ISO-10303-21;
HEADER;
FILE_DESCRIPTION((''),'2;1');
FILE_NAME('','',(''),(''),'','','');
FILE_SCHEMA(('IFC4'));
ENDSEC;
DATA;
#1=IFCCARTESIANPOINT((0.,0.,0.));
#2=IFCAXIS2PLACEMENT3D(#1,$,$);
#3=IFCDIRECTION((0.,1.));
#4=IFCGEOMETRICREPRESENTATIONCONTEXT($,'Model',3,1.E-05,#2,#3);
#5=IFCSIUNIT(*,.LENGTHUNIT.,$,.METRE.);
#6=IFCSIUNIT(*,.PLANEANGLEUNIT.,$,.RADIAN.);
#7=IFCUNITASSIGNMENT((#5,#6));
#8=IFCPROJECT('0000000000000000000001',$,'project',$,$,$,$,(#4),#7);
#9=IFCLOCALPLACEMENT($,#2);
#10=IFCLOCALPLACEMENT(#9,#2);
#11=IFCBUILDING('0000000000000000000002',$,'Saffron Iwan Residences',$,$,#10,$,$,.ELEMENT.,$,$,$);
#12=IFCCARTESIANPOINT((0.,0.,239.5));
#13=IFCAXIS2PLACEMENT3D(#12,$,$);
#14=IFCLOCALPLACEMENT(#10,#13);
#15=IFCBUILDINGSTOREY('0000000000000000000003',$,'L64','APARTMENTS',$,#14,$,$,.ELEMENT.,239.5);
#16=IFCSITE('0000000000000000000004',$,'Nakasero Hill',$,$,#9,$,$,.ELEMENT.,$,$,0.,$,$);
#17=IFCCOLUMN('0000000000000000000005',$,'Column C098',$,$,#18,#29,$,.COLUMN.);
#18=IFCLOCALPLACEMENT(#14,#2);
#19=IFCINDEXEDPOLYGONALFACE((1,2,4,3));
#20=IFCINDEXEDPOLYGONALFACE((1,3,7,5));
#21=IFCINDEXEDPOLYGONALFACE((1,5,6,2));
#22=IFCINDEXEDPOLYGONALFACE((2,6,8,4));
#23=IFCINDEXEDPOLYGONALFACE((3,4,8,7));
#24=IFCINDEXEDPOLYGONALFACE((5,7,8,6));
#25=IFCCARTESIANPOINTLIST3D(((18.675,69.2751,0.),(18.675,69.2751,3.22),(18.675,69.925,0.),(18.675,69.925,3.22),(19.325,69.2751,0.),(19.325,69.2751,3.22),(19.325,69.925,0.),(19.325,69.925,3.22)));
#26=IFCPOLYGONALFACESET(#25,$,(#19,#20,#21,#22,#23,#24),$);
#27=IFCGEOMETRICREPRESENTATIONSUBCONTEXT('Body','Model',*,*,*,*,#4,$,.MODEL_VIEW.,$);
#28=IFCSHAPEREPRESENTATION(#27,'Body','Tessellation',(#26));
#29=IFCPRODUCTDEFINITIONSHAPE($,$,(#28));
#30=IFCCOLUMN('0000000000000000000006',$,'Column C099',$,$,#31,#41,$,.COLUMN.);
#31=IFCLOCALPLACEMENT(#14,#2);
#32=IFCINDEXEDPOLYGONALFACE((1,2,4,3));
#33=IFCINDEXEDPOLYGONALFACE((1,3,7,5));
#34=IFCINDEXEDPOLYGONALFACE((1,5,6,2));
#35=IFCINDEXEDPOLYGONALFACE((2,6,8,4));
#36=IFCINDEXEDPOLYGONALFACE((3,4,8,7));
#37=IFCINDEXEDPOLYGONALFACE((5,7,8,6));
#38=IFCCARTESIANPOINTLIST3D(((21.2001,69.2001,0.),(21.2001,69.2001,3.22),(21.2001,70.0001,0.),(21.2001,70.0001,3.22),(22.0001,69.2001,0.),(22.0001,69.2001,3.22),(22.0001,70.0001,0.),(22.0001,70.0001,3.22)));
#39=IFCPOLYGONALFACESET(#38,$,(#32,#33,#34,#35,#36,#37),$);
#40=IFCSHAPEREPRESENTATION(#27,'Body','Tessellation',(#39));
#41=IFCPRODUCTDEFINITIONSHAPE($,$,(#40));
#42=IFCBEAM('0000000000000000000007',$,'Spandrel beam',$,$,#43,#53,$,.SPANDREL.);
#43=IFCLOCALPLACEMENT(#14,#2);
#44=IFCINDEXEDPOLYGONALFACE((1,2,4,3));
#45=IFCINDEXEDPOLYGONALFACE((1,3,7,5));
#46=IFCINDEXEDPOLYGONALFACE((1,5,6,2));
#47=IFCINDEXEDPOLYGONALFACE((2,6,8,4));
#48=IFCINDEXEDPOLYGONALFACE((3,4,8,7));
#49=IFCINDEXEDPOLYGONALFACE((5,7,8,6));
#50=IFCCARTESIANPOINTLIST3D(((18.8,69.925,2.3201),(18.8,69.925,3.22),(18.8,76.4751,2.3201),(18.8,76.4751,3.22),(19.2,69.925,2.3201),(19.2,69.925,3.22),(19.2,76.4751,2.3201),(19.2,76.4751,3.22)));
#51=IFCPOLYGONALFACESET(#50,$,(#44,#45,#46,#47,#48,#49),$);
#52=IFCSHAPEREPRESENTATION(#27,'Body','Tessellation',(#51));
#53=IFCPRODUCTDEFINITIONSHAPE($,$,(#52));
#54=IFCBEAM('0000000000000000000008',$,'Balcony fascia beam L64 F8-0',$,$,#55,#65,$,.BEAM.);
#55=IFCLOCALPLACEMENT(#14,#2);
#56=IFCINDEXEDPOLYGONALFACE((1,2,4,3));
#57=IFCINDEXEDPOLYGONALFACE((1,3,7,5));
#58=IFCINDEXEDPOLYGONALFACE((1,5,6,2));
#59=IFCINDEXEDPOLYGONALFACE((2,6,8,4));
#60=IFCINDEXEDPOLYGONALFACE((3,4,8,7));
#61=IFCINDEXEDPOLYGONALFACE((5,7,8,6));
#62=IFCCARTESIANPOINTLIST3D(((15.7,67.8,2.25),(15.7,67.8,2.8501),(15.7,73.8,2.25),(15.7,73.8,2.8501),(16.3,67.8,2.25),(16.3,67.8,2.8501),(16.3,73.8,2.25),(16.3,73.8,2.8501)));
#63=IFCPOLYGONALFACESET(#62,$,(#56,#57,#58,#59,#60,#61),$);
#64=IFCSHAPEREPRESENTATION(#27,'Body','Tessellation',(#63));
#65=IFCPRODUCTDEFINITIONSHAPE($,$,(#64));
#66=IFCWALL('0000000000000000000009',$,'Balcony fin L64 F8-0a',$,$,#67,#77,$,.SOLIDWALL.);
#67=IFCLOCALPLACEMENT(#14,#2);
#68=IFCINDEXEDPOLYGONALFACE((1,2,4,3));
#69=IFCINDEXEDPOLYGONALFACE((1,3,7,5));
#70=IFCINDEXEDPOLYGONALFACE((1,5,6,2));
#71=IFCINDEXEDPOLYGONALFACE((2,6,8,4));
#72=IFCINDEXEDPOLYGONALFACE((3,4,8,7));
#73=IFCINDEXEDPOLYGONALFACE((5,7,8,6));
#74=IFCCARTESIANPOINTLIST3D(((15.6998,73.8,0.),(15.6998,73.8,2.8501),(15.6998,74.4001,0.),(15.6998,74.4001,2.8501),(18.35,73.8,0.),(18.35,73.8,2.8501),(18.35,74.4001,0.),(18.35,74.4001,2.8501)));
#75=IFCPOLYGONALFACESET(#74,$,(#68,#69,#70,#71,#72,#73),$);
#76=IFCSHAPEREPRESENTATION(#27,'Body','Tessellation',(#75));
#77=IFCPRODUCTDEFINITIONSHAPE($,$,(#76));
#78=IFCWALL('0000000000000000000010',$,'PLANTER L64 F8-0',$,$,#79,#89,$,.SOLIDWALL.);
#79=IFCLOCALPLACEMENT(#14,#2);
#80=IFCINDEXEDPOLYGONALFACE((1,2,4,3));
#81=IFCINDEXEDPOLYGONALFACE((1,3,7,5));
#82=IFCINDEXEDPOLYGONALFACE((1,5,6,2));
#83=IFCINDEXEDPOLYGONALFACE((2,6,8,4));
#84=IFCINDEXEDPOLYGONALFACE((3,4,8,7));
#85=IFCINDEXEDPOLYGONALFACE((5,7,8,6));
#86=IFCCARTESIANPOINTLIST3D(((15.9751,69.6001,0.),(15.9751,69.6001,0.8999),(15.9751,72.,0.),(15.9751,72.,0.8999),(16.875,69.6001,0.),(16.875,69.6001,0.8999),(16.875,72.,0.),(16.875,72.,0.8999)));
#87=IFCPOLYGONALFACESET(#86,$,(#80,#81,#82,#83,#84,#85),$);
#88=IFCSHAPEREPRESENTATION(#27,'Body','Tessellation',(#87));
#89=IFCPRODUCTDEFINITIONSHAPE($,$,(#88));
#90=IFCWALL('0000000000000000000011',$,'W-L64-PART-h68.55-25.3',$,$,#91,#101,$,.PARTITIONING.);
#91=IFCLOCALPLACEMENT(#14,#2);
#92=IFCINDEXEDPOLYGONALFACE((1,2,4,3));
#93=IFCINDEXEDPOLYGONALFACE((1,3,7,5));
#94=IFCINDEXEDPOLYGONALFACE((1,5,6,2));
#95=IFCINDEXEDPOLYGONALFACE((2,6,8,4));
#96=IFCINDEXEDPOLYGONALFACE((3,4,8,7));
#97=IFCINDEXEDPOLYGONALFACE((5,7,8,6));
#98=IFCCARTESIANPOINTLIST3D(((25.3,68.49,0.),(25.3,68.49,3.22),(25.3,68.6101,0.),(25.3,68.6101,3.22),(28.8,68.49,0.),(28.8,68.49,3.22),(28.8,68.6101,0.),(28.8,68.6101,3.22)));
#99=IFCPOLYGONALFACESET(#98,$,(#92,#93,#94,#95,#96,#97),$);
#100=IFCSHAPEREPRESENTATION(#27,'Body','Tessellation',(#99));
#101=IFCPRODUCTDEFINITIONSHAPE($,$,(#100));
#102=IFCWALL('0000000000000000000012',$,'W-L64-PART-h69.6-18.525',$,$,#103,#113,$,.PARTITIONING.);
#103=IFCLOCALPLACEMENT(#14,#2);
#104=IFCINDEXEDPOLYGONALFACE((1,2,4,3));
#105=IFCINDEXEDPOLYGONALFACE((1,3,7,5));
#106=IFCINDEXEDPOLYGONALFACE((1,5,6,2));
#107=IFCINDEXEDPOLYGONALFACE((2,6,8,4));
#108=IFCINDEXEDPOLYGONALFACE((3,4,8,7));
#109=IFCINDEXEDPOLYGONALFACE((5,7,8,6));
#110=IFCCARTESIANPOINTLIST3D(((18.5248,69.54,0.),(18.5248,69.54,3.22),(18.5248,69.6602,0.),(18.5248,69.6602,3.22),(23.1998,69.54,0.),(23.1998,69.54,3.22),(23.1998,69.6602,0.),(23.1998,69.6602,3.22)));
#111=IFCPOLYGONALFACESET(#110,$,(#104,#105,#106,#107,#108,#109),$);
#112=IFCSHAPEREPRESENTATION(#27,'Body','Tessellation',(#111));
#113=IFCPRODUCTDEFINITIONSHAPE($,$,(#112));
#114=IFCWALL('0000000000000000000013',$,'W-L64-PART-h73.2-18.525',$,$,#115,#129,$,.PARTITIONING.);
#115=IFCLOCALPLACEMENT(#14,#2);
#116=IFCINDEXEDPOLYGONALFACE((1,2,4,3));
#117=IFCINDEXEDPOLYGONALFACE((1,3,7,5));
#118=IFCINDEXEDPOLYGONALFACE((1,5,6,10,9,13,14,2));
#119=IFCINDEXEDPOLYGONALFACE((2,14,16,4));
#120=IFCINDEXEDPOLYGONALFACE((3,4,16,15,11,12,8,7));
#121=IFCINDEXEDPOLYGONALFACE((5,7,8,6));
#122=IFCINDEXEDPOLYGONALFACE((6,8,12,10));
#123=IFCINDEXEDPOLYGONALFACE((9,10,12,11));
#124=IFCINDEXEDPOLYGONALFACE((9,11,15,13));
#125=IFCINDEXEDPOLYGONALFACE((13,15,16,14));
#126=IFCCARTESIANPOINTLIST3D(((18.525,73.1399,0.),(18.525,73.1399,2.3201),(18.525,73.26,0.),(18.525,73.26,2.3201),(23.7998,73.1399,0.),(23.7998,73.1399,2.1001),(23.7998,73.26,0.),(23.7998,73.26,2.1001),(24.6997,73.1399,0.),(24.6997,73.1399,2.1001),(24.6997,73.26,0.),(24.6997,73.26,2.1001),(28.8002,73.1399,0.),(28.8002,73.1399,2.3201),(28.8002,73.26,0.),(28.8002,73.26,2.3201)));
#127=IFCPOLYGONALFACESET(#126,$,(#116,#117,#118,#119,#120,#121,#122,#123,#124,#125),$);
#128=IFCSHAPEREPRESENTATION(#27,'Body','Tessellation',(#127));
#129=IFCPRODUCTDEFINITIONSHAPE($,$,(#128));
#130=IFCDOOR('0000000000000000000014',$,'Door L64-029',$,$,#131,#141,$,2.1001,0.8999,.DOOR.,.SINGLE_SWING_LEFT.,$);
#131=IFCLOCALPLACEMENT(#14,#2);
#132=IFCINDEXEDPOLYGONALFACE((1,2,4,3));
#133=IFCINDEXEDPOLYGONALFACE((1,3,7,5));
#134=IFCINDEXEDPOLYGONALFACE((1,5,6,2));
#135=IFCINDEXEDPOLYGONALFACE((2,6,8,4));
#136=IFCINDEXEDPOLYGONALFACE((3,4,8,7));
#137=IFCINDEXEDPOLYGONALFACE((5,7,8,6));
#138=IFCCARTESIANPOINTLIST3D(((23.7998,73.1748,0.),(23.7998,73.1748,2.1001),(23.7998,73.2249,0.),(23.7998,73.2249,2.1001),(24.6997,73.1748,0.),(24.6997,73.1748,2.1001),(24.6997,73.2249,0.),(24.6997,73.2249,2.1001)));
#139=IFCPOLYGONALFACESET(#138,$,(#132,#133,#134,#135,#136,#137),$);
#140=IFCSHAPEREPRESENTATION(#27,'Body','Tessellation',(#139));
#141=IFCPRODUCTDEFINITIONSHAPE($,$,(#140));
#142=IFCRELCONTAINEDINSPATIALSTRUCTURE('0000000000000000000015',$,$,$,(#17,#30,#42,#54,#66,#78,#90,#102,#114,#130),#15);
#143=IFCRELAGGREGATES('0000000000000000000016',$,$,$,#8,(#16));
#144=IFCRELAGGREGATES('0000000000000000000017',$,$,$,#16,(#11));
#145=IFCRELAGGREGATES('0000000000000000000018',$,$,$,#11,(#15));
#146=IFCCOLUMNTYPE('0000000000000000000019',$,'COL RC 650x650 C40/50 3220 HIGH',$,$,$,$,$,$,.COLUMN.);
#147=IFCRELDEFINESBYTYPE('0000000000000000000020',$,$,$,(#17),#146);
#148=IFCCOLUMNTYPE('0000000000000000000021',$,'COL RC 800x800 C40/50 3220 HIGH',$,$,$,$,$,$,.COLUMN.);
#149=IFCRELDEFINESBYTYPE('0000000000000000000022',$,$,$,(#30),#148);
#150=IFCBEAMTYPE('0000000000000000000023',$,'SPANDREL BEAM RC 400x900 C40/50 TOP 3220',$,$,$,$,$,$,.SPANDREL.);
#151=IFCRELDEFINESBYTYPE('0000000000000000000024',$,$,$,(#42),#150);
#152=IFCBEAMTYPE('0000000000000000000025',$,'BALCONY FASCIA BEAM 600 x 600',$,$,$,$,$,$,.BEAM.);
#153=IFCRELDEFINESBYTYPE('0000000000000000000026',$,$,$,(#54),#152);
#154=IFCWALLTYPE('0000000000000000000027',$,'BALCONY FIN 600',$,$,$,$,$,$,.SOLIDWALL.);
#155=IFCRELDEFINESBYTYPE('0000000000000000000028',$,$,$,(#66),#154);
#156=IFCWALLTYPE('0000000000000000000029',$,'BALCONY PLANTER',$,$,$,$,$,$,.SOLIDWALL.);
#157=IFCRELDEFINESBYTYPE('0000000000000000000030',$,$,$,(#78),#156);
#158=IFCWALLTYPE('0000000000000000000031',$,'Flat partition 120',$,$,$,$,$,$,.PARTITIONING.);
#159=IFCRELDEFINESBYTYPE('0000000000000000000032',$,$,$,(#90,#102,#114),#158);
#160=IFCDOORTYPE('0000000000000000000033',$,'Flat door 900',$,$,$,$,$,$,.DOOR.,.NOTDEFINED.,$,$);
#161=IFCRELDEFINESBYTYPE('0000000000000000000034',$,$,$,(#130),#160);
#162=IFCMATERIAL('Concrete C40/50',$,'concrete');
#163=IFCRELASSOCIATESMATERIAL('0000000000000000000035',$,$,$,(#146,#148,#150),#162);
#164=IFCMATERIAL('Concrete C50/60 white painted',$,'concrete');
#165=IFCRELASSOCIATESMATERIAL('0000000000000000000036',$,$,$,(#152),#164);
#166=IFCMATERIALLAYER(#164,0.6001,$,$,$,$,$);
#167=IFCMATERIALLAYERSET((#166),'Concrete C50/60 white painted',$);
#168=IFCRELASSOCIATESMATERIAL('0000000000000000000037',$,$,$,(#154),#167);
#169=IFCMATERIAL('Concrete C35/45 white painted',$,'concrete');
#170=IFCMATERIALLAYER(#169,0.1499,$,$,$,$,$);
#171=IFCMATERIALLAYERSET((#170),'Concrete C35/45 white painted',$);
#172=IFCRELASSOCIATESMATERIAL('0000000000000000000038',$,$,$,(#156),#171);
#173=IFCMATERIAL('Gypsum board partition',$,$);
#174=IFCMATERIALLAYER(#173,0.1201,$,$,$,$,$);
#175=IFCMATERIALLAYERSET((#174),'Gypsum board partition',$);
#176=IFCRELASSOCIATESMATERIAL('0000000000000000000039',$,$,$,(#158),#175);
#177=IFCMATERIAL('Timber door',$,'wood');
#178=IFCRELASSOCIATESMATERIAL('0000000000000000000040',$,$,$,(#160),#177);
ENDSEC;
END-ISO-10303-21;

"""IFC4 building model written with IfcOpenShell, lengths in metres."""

from ifc_helpers import new_model, si_unit, direction, frame, frame_2d, origin, origin_2d, place, context, subcontext, project, spatial, rectangle, extrude, source, transform, mapped, material, layer, layer_set, material_profile, profile_set, type_object, element, fill, save


model = new_model("IFC4")

# Units and contexts
model_context = context("Model", 3, precision=1e-05, world=origin(), true_north=direction((0.0, 1.0)))
body_context = subcontext(model_context, "Body", "Model", "MODEL_VIEW")
ifc_project = project(units=[si_unit("LENGTHUNIT", "METRE"), si_unit("PLANEANGLEUNIT", "RADIAN")], contexts=[model_context])

# Site, building, storey
site_placement = place(None, origin())
site = spatial("IfcSite", under=ifc_project, at=site_placement, Name="Nakasero Hill", CompositionType="ELEMENT", RefElevation=0.0)
building_placement = place(site_placement, origin())
building = spatial("IfcBuilding", under=site, at=building_placement, Name="Saffron Iwan Residences", CompositionType="ELEMENT")
storey_placement = place(building_placement, frame((0.0, 0.0, 239.5)))
storey = spatial("IfcBuildingStorey", under=building, at=storey_placement, Name="L64", Description="APARTMENTS", CompositionType="ELEMENT", Elevation=239.5)

# Columns
ifc_material_1 = material(Name="Concrete C40/50", Category="concrete")
ifc_material_profile_1 = material_profile(ifc_material_1, rectangle(XDim=0.6499, YDim=0.6499, at=origin_2d()), Name="RC 650x650")
ifc_profile_set_1 = profile_set([ifc_material_profile_1], Name="Concrete C40/50")
column_type_1 = type_object("IfcColumnType", Name="COL RC 650x650 C40/50 3220 HIGH", PredefinedType="COLUMN", material=ifc_profile_set_1)
shared_shape_1 = source(origin(), body_context, "Body", "SweptSolid", [
    extrude(rectangle(XDim=0.6499, YDim=0.6499, at=origin_2d()), origin(), (0.0, 0.0, 1.0), 3.22),
])
column_1_placement = place(storey_placement, frame((19.0, 69.6001, 0.0), z_axis=(0.0, 0.0, 1.0), x_axis=(1.0, 0.0, 0.0)))
element("IfcColumn", 1, at=column_1_placement, inside=storey, type_object=column_type_1, Name="Column C098", PredefinedType="COLUMN", context=body_context, shape_type="MappedRepresentation", body=[
    mapped(shared_shape_1, transform((0.0, 0.0, 0.0))),
])
ifc_material_profile_2 = material_profile(ifc_material_1, rectangle(XDim=0.8, YDim=0.8, at=origin_2d()), Name="RC 800x800")
ifc_profile_set_2 = profile_set([ifc_material_profile_2], Name="Concrete C40/50")
column_type_2 = type_object("IfcColumnType", Name="COL RC 800x800 C40/50 3220 HIGH", PredefinedType="COLUMN", material=ifc_profile_set_2)
shared_shape_2 = source(origin(), body_context, "Body", "SweptSolid", [
    extrude(rectangle(XDim=0.8, YDim=0.8, at=origin_2d()), origin(), (0.0, 0.0, 1.0), 3.22),
])
column_2_placement = place(storey_placement, frame((21.6001, 69.6001, 0.0), z_axis=(0.0, 0.0, 1.0), x_axis=(1.0, 0.0, 0.0)))
element("IfcColumn", 2, at=column_2_placement, inside=storey, type_object=column_type_2, Name="Column C099", PredefinedType="COLUMN", context=body_context, shape_type="MappedRepresentation", body=[
    mapped(shared_shape_2, transform((0.0, 0.0, 0.0))),
])

# Beams
ifc_material_profile_3 = material_profile(ifc_material_1, rectangle(XDim=0.3999, YDim=0.8999, at=origin_2d()), Name="RC 400x900")
ifc_profile_set_3 = profile_set([ifc_material_profile_3], Name="Concrete C40/50")
beam_type_1 = type_object("IfcBeamType", Name="SPANDREL BEAM RC 400x900 C40/50 TOP 3220", PredefinedType="SPANDREL", material=ifc_profile_set_3)
shared_shape_3 = source(origin(), body_context, "Body", "SweptSolid", [
    extrude(rectangle(XDim=0.3999, YDim=0.8999, at=origin_2d()), origin(), (0.0, 0.0, 1.0), 6.55),
])
beam_1_placement = place(storey_placement, frame((19.0, 69.925, 2.77), z_axis=(0.0, 1.0, 0.0), x_axis=(-1.0, 0.0, 0.0)))
element("IfcBeam", 3, at=beam_1_placement, inside=storey, type_object=beam_type_1, Name="Spandrel beam", PredefinedType="SPANDREL", context=body_context, shape_type="MappedRepresentation", body=[
    mapped(shared_shape_3, transform((0.0, 0.0, 0.0))),
])
ifc_material_2 = material(Name="Concrete C50/60 white painted", Category="concrete")
ifc_material_profile_4 = material_profile(ifc_material_2, rectangle(XDim=0.6001, YDim=0.6001, at=origin_2d()), Name="BALCONY FASCIA BEAM 600 x 600")
ifc_profile_set_4 = profile_set([ifc_material_profile_4], Name="Concrete C50/60 white painted")
beam_type_2 = type_object("IfcBeamType", Name="BALCONY FASCIA BEAM 600 x 600", PredefinedType="BEAM", material=ifc_profile_set_4)
shared_shape_4 = source(origin(), body_context, "Body", "SweptSolid", [
    extrude(rectangle(XDim=0.6001, YDim=0.6001, at=origin_2d()), origin(), (0.0, 0.0, 1.0), 6.0),
])
beam_2_placement = place(storey_placement, frame((16.0, 73.8, 2.55), z_axis=(0.0, -1.0, 0.0), x_axis=(1.0, 0.0, 0.0)))
element("IfcBeam", 4, at=beam_2_placement, inside=storey, type_object=beam_type_2, Name="Balcony fascia beam L64 F8-0", PredefinedType="BEAM", context=body_context, shape_type="MappedRepresentation", body=[
    mapped(shared_shape_4, transform((0.0, 0.0, 0.0))),
])

# Walls
ifc_layer_1 = layer(ifc_material_2, 0.6001)
ifc_layer_set_1 = layer_set([ifc_layer_1], Name="Concrete C50/60 white painted")
wall_type_1 = type_object("IfcWallType", Name="BALCONY FIN 600", PredefinedType="SOLIDWALL", material=ifc_layer_set_1)
wall_1_placement = place(storey_placement, frame((18.3501, 74.1001, 0.0), z_axis=(0.0, 0.0, 1.0), x_axis=(-1.0, 0.0, 0.0)))
element("IfcWall", 5, at=wall_1_placement, inside=storey, type_object=wall_type_1, Name="Balcony fin L64 F8-0a", PredefinedType="SOLIDWALL", context=body_context, shape_type="SweptSolid", body=[
    extrude(rectangle(XDim=2.6501, YDim=0.6001, at=frame_2d((1.3252, 0.0))), origin(), (0.0, 0.0, 1.0), 2.8501),
])
ifc_material_3 = material(Name="Concrete C35/45 white painted", Category="concrete")
ifc_layer_2 = layer(ifc_material_3, 0.1499)
ifc_layer_set_2 = layer_set([ifc_layer_2], Name="Concrete C35/45 white painted")
wall_type_2 = type_object("IfcWallType", Name="BALCONY PLANTER", PredefinedType="SOLIDWALL", material=ifc_layer_set_2)
wall_2_placement = place(storey_placement, frame((16.425, 72.0, 0.0), z_axis=(0.0, 0.0, 1.0), x_axis=(0.0, -1.0, 0.0)))
element("IfcWall", 6, at=wall_2_placement, inside=storey, type_object=wall_type_2, Name="PLANTER L64 F8-0", PredefinedType="SOLIDWALL", context=body_context, shape_type="SweptSolid", body=[
    extrude(rectangle(XDim=2.3999, YDim=0.8999, at=frame_2d((1.2, 0.0))), origin(), (0.0, 0.0, 1.0), 0.8999),
])

# Walls
ifc_material_4 = material(Name="Gypsum board partition")
ifc_layer_3 = layer(ifc_material_4, 0.1201)
ifc_layer_set_3 = layer_set([ifc_layer_3], Name="Gypsum board partition")
wall_type_3 = type_object("IfcWallType", Name="Flat partition 120", PredefinedType="PARTITIONING", material=ifc_layer_set_3)
wall_3_placement = place(storey_placement, frame((25.3, 68.55, 0.0), z_axis=(0.0, 0.0, 1.0), x_axis=(1.0, 0.0, 0.0)))
element("IfcWall", 7, at=wall_3_placement, inside=storey, type_object=wall_type_3, Name="W-L64-PART-h68.55-25.3", PredefinedType="PARTITIONING", context=body_context, shape_type="SweptSolid", body=[
    extrude(rectangle(XDim=3.5, YDim=0.1201, at=frame_2d((1.75, 0.0))), origin(), (0.0, 0.0, 1.0), 3.22),
])
wall_4_placement = place(storey_placement, frame((18.5249, 69.6001, 0.0), z_axis=(0.0, 0.0, 1.0), x_axis=(1.0, 0.0, 0.0)))
element("IfcWall", 8, at=wall_4_placement, inside=storey, type_object=wall_type_3, Name="W-L64-PART-h69.6-18.525", PredefinedType="PARTITIONING", context=body_context, shape_type="SweptSolid", body=[
    extrude(rectangle(XDim=4.675, YDim=0.1201, at=frame_2d((2.3374, 0.0))), origin(), (0.0, 0.0, 1.0), 3.22),
])

# Wall, opening, door
wall_5_placement = place(storey_placement, frame((18.5249, 73.2, 0.0), z_axis=(0.0, 0.0, 1.0), x_axis=(1.0, 0.0, 0.0)))
wall_5 = element("IfcWall", 9, at=wall_5_placement, inside=storey, type_object=wall_type_3, Name="W-L64-PART-h73.2-18.525", PredefinedType="PARTITIONING", context=body_context, shape_type="SweptSolid", body=[
    extrude(rectangle(XDim=10.2751, YDim=0.1201, at=frame_2d((5.1377, 0.0))), origin(), (0.0, 0.0, 1.0), 2.3201),
])
opening_1_placement = place(wall_5_placement, frame((5.2749, 0.0, 0.0)))
opening_1 = element("IfcOpeningElement", 10, at=opening_1_placement, cuts=wall_5, PredefinedType="OPENING", context=body_context, shape_type="SweptSolid", body=[
    extrude(rectangle(XDim=0.8999, YDim=2.1001, at=frame_2d((0.45, 1.05))), frame((0.0, 0.0701, 0.0), z_axis=(0.0, -1.0, 0.0), x_axis=(1.0, 0.0, 0.0)), (0.0, 0.0, 1.0), 0.1401),
])
ifc_material_5 = material(Name="Timber door", Category="wood")
door_type_1 = type_object("IfcDoorType", Name="Flat door 900", OperationType="NOTDEFINED", PredefinedType="DOOR", material=ifc_material_5)
door_1_placement = place(opening_1_placement, origin())
door_1 = element("IfcDoor", 11, at=door_1_placement, inside=storey, type_object=door_type_1, Name="Door L64-029", OperationType="SINGLE_SWING_LEFT", OverallHeight=2.1001, OverallWidth=0.8999, PredefinedType="DOOR", context=body_context, shape_type="SweptSolid", body=[
    extrude(rectangle(XDim=0.8999, YDim=2.1001, at=frame_2d((0.45, 1.05))), frame((0.0, 0.0249, 0.0), z_axis=(0.0, -1.0, 0.0), x_axis=(1.0, 0.0, 0.0)), (0.0, 0.0, 1.0), 0.05),
])
fill(opening_1, door_1)

save(model, "model.ifc")
